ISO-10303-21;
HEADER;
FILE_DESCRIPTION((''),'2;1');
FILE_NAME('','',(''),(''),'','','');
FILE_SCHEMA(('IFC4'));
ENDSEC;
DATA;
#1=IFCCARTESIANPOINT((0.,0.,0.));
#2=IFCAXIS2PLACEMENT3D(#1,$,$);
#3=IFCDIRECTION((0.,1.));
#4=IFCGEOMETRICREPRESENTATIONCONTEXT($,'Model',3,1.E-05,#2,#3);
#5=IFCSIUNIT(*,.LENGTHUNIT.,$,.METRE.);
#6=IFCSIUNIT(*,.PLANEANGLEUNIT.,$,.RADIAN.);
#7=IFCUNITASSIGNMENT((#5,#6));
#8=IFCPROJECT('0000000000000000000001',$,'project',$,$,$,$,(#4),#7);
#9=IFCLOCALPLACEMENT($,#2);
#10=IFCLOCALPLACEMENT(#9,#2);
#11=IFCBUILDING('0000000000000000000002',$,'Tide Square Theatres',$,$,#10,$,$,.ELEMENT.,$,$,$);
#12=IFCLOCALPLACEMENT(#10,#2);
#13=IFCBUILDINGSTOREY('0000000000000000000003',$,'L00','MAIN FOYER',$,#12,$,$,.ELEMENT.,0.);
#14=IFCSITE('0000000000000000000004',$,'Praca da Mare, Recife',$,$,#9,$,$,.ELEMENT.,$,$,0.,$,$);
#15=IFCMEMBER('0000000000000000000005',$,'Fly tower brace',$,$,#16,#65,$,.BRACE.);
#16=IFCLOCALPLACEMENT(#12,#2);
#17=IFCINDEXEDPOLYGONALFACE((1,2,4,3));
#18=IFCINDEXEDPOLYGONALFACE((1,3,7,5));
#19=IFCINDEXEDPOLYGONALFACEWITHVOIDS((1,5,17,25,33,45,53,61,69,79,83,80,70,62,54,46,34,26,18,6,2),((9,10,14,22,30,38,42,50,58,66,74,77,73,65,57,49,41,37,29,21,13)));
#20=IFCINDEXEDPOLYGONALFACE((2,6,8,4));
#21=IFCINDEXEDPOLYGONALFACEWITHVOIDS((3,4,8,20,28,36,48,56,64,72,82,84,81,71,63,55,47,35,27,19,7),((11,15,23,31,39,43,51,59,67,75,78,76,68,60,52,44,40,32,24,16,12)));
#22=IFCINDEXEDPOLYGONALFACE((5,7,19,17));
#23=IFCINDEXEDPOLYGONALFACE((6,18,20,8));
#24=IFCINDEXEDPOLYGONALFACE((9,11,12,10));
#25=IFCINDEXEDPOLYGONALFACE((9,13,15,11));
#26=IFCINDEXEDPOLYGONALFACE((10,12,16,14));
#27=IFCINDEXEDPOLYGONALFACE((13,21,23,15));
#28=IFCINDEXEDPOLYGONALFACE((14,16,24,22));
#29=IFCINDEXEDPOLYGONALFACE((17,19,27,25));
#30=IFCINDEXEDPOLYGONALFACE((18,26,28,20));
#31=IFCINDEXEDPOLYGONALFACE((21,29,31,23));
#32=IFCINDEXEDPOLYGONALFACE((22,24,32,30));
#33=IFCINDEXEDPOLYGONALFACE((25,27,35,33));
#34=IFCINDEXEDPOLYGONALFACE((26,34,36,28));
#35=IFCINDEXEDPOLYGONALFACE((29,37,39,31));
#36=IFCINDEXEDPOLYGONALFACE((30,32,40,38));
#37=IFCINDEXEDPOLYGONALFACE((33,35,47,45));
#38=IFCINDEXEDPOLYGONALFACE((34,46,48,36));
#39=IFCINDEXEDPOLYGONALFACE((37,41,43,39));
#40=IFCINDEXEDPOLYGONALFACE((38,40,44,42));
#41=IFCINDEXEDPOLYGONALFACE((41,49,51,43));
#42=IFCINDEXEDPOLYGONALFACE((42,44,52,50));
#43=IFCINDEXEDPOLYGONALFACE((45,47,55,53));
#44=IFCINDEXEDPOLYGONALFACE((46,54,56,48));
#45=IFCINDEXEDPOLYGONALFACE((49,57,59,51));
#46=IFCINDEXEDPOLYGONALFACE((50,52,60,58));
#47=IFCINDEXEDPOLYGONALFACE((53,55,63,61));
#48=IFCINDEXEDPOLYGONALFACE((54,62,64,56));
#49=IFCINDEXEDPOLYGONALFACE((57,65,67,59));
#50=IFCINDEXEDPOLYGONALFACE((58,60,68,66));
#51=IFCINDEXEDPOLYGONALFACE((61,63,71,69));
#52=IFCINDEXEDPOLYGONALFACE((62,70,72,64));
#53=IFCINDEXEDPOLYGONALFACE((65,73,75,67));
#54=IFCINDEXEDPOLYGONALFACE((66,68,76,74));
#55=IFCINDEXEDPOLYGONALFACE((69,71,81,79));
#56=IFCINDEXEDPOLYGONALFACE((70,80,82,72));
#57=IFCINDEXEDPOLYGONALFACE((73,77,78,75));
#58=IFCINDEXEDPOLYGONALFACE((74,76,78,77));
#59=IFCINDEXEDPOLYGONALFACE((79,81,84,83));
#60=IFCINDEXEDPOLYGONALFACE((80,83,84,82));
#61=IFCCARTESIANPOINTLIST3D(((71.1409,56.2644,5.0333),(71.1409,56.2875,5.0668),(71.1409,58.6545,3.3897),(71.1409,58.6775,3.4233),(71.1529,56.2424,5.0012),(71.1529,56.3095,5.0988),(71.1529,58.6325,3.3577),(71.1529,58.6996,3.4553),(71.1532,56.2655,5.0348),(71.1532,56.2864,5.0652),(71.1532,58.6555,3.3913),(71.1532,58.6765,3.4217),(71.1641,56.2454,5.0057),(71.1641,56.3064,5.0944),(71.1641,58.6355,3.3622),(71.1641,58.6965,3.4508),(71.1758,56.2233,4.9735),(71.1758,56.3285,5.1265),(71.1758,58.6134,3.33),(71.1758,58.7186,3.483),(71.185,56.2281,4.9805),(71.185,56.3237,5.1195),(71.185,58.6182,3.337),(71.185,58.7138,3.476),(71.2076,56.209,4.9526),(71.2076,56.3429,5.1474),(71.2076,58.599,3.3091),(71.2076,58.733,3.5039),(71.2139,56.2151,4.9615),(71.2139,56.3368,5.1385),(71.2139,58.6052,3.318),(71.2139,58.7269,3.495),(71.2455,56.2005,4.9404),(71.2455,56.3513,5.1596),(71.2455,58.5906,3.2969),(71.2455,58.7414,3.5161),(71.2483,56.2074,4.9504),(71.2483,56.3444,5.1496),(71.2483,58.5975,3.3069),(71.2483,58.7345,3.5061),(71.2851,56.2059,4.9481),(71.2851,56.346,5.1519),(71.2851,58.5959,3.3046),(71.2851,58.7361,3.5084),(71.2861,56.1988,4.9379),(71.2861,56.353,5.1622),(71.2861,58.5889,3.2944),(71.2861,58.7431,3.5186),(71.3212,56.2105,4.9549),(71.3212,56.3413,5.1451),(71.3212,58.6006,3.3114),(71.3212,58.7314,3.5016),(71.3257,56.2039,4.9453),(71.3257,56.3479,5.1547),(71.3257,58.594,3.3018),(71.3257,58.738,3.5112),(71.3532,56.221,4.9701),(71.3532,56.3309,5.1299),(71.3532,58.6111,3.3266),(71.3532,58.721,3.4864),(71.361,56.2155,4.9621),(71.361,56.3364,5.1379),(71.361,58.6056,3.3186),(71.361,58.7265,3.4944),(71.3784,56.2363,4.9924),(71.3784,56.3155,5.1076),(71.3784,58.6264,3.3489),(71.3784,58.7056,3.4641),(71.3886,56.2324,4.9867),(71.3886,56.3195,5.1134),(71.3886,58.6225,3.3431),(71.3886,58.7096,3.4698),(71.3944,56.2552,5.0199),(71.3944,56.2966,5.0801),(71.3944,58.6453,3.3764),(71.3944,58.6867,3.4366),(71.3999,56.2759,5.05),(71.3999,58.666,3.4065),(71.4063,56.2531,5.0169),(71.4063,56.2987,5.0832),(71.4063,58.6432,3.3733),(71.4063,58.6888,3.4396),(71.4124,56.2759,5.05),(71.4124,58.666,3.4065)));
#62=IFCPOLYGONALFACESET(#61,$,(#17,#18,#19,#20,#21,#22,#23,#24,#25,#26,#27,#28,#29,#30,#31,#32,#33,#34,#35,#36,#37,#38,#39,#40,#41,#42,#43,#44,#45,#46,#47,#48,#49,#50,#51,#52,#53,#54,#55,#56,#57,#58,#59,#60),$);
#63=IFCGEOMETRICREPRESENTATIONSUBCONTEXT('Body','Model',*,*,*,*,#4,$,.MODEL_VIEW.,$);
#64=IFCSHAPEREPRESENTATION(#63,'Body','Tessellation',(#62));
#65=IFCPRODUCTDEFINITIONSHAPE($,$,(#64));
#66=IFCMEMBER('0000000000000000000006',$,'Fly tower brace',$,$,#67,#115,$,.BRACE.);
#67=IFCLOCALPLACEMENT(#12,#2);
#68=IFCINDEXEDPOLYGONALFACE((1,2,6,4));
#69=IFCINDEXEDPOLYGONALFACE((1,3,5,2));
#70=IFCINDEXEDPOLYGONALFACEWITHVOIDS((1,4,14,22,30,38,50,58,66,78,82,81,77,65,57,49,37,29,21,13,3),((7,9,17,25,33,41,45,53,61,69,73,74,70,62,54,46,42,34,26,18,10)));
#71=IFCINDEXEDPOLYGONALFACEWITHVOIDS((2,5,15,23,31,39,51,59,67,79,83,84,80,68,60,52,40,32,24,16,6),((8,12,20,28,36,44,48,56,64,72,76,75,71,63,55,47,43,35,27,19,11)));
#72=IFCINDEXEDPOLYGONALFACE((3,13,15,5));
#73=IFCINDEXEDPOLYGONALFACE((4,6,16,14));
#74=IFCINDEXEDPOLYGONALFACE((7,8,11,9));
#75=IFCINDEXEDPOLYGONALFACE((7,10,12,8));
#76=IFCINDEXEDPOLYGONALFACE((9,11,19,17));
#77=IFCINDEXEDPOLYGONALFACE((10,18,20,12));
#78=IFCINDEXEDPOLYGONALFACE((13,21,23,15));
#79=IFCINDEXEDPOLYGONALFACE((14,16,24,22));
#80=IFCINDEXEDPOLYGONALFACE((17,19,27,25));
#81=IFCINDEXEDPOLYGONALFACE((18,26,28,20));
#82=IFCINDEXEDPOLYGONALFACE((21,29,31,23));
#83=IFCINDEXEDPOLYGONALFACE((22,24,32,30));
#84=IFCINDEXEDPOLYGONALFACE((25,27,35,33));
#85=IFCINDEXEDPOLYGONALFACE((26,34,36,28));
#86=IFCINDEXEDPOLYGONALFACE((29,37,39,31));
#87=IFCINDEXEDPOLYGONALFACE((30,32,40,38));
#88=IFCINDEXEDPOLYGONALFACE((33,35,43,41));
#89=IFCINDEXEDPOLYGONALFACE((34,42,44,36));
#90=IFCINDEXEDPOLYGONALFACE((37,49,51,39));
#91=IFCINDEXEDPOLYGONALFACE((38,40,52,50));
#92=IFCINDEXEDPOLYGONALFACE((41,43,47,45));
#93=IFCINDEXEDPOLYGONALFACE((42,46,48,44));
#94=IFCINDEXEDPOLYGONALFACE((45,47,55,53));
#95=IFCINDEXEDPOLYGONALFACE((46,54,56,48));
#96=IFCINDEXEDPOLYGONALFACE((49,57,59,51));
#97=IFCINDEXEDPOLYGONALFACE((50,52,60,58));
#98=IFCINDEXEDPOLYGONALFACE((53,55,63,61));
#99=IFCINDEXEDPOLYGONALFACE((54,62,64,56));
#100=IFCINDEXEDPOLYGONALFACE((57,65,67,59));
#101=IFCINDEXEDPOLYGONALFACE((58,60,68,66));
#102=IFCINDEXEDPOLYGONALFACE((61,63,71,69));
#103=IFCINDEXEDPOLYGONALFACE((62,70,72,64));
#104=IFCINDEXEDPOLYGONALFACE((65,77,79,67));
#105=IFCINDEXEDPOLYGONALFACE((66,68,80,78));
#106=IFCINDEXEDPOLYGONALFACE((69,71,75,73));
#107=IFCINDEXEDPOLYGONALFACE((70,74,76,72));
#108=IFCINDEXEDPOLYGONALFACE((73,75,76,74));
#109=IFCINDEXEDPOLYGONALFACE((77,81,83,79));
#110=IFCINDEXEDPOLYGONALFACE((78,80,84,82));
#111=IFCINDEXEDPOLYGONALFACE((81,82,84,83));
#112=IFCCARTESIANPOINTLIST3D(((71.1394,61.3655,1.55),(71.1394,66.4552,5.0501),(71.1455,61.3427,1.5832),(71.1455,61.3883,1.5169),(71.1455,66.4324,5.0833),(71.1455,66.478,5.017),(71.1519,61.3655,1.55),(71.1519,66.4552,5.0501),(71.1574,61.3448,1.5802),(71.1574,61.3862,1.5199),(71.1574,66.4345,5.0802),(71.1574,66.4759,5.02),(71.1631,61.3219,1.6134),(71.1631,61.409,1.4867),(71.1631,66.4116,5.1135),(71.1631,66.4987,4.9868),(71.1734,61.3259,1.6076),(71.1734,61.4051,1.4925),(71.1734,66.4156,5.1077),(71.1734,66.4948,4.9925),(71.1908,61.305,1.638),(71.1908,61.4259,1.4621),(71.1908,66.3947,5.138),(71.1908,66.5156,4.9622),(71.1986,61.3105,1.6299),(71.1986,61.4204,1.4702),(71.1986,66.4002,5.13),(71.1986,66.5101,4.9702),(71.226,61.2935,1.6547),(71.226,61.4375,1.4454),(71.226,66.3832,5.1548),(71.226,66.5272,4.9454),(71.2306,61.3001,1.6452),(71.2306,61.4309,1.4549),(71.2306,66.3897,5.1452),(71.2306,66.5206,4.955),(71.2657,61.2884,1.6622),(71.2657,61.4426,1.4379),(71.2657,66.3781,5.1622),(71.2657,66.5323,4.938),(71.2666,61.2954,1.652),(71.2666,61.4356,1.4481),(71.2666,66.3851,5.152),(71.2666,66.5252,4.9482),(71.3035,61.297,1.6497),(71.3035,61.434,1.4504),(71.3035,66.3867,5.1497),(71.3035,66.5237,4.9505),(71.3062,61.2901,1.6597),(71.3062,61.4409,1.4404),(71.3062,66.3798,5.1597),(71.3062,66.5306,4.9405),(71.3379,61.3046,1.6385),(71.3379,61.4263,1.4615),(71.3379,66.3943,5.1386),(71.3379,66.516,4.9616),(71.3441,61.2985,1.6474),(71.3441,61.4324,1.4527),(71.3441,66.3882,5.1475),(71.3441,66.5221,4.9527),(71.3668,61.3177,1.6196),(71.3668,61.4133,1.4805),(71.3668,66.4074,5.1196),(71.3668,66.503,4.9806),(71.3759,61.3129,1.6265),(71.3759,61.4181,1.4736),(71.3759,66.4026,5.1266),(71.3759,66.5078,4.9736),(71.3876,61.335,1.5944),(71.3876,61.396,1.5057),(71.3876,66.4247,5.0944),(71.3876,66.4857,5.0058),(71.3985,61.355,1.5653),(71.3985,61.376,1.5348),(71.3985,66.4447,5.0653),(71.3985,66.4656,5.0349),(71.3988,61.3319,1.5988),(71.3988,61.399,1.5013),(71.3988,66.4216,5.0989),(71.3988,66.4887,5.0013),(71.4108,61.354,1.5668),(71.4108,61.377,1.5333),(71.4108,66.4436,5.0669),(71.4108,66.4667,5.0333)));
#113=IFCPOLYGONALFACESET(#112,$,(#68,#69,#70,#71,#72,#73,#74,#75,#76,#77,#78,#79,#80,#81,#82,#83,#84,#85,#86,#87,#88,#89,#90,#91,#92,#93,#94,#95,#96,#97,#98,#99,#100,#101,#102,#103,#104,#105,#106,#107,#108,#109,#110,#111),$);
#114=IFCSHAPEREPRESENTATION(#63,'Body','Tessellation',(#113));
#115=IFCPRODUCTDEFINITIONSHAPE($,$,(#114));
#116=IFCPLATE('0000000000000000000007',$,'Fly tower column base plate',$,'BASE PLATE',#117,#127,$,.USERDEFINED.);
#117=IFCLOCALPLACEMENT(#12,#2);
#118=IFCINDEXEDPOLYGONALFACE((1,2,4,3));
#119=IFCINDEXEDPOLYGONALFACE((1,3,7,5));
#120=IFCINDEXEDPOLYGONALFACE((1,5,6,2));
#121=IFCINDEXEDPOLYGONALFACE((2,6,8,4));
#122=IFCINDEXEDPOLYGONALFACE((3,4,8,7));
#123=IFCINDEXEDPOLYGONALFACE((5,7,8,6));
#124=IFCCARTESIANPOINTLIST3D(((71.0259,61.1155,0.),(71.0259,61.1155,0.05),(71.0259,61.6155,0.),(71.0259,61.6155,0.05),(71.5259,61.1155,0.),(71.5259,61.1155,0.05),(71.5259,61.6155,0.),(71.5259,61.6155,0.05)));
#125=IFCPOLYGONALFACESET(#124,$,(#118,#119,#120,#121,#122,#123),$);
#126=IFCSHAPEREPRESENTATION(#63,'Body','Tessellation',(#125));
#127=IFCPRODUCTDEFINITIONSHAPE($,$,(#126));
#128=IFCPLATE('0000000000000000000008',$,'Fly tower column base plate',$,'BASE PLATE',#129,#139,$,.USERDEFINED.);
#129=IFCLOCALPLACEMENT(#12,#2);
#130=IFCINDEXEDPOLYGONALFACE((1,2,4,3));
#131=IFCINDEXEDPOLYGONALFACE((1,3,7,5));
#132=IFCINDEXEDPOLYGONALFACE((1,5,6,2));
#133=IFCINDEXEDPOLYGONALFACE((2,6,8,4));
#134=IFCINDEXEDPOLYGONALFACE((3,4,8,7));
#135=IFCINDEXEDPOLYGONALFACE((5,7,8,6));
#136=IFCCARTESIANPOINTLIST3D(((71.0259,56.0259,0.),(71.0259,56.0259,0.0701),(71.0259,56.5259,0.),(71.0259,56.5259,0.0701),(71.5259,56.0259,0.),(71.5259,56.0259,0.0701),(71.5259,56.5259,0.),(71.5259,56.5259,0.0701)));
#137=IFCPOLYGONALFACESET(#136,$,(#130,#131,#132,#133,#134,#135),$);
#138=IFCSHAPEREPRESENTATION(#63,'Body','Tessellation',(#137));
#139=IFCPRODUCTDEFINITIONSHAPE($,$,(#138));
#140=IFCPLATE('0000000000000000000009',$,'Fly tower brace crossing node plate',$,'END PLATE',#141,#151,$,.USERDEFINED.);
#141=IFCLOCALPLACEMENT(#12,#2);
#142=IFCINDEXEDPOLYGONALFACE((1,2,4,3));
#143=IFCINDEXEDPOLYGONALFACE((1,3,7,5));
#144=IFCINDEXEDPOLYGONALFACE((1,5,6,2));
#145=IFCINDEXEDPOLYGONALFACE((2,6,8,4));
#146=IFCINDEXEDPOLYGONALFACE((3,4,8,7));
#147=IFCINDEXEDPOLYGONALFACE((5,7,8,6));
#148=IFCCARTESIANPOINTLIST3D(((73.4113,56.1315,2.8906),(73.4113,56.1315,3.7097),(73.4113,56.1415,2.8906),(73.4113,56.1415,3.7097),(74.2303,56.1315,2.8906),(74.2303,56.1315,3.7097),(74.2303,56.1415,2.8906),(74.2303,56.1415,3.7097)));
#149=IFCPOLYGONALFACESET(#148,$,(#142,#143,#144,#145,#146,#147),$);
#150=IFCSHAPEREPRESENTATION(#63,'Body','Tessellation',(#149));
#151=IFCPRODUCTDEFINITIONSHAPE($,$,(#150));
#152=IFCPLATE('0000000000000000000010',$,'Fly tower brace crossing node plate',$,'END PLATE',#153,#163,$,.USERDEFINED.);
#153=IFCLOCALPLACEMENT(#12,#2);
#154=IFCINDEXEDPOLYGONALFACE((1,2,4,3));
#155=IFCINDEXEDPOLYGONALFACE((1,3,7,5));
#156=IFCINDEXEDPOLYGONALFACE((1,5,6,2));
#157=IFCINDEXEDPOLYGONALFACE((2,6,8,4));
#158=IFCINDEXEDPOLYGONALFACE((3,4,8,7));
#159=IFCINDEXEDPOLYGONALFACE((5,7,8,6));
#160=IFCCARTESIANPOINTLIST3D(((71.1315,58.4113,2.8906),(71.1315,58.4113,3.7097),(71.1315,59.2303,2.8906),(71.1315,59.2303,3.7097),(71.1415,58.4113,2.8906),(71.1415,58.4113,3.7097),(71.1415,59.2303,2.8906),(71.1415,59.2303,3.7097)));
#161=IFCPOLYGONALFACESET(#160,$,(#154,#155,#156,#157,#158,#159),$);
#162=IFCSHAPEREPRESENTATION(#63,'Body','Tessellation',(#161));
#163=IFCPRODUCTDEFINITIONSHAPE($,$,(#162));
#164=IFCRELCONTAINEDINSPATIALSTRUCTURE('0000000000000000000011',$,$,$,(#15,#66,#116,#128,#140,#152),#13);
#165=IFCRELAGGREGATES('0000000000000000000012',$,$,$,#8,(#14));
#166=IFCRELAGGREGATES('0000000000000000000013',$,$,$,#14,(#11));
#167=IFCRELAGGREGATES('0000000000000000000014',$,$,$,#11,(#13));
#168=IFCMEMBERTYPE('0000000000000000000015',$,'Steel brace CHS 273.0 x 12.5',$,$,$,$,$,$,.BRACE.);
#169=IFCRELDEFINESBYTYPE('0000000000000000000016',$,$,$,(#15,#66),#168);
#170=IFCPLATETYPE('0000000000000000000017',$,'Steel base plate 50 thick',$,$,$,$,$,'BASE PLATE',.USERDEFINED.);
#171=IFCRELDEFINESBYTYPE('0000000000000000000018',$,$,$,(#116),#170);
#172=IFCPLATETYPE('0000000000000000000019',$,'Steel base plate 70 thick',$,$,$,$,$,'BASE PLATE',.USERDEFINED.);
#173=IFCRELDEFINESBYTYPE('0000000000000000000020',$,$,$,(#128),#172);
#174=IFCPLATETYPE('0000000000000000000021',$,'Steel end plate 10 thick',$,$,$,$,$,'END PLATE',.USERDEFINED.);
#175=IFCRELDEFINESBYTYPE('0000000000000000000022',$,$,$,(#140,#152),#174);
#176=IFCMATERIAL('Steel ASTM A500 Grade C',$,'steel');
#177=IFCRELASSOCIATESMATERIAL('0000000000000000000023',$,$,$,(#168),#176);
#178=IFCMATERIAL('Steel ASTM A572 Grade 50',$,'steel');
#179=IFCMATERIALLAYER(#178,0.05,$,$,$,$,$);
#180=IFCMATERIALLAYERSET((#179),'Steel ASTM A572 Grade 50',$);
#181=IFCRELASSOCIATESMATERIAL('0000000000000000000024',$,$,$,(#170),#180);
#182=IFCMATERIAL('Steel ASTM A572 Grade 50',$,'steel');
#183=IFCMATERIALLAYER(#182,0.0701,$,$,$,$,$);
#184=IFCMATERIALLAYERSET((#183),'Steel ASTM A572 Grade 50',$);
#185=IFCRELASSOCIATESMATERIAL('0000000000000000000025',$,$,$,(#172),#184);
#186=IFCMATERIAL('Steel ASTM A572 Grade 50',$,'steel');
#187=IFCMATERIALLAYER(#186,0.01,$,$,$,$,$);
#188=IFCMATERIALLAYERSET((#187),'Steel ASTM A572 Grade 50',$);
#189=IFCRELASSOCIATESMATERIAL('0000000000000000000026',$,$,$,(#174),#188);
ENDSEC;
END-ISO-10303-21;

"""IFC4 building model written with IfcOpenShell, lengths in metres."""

from ifc_helpers import new_model, si_unit, direction, frame, origin, origin_2d, place, context, subcontext, project, spatial, rectangle, hollow_circle, extrude, material, layer, layer_set, material_profile, profile_set, type_object, element, save


model = new_model("IFC4")

# Units and contexts
model_context = context("Model", 3, precision=1e-05, world=origin(), true_north=direction((0.0, 1.0)))
body_context = subcontext(model_context, "Body", "Model", "MODEL_VIEW")
ifc_project = project(units=[si_unit("LENGTHUNIT", "METRE"), si_unit("PLANEANGLEUNIT", "RADIAN")], contexts=[model_context])

# Site, building, storey
site_placement = place(None, origin())
site = spatial("IfcSite", under=ifc_project, at=site_placement, Name="Praca da Mare, Recife", CompositionType="ELEMENT", RefElevation=0.0)
building_placement = place(site_placement, origin())
building = spatial("IfcBuilding", under=site, at=building_placement, Name="Tide Square Theatres", CompositionType="ELEMENT")
storey_placement = place(building_placement, origin())
storey = spatial("IfcBuildingStorey", under=building, at=storey_placement, Name="L00", Description="MAIN FOYER", CompositionType="ELEMENT", Elevation=0.0)

# Members
ifc_material_1 = material(Name="Steel ASTM A500 Grade C", Category="steel")
ifc_material_profile_1 = material_profile(ifc_material_1, hollow_circle(Radius=0.1365, WallThickness=0.0125, at=origin_2d()))
ifc_profile_set_1 = profile_set([ifc_material_profile_1], Name="Steel ASTM A500 Grade C")
member_type = type_object("IfcMemberType", Name="Steel brace CHS 273.0 x 12.5", PredefinedType="BRACE", material=ifc_profile_set_1)
member_1_placement = place(storey_placement, frame((71.2759, 58.666, 3.4065), z_axis=(0.0, -0.823988, 0.566607), x_axis=(1.0, 0.0, 0.0)))
element("IfcMember", 1, at=member_1_placement, inside=storey, type_object=member_type, Name="Fly tower brace", PredefinedType="BRACE", context=body_context, shape_type="SweptSolid", body=[
    extrude(hollow_circle(Radius=0.1365, WallThickness=0.0125, at=origin_2d()), origin(), (0.0, 0.0, 1.0), 2.9006),
])
member_2_placement = place(storey_placement, frame((71.2759, 61.3655, 1.55), z_axis=(0.0, 0.823974, 0.566628), x_axis=(-1.0, 0.0, 0.0)))
element("IfcMember", 2, at=member_2_placement, inside=storey, type_object=member_type, Name="Fly tower brace", PredefinedType="BRACE", context=body_context, shape_type="SweptSolid", body=[
    extrude(hollow_circle(Radius=0.1365, WallThickness=0.0125, at=origin_2d()), origin(), (0.0, 0.0, 1.0), 6.177),
])

# Plates
ifc_material_2 = material(Name="Steel ASTM A572 Grade 50", Category="steel")
ifc_layer_1 = layer(ifc_material_2, 0.05)
ifc_layer_set_1 = layer_set([ifc_layer_1], Name="Steel ASTM A572 Grade 50")
plate_type_1 = type_object("IfcPlateType", Name="Steel base plate 50 thick", ElementType="BASE PLATE", PredefinedType="USERDEFINED", material=ifc_layer_set_1)
plate_1_placement = place(storey_placement, frame((71.2759, 61.3655, 0.0), z_axis=(0.0, 0.0, 1.0), x_axis=(1.0, 0.0, 0.0)))
element("IfcPlate", 3, at=plate_1_placement, inside=storey, type_object=plate_type_1, Name="Fly tower column base plate", ObjectType="BASE PLATE", PredefinedType="USERDEFINED", context=body_context, shape_type="SweptSolid", body=[
    extrude(rectangle(XDim=0.5, YDim=0.5, at=origin_2d()), origin(), (0.0, 0.0, 1.0), 0.05),
])
ifc_material_3 = material(Name="Steel ASTM A572 Grade 50", Category="steel")
ifc_layer_2 = layer(ifc_material_3, 0.0701)
ifc_layer_set_2 = layer_set([ifc_layer_2], Name="Steel ASTM A572 Grade 50")
plate_type_2 = type_object("IfcPlateType", Name="Steel base plate 70 thick", ElementType="BASE PLATE", PredefinedType="USERDEFINED", material=ifc_layer_set_2)
plate_2_placement = place(storey_placement, frame((71.2759, 56.2759, 0.0), z_axis=(0.0, 0.0, 1.0), x_axis=(1.0, 0.0, 0.0)))
element("IfcPlate", 4, at=plate_2_placement, inside=storey, type_object=plate_type_2, Name="Fly tower column base plate", ObjectType="BASE PLATE", PredefinedType="USERDEFINED", context=body_context, shape_type="SweptSolid", body=[
    extrude(rectangle(XDim=0.5, YDim=0.5, at=origin_2d()), origin(), (0.0, 0.0, 1.0), 0.0701),
])
ifc_material_4 = material(Name="Steel ASTM A572 Grade 50", Category="steel")
ifc_layer_3 = layer(ifc_material_4, 0.01)
ifc_layer_set_3 = layer_set([ifc_layer_3], Name="Steel ASTM A572 Grade 50")
plate_type_3 = type_object("IfcPlateType", Name="Steel end plate 10 thick", ElementType="END PLATE", PredefinedType="USERDEFINED", material=ifc_layer_set_3)
for number, where, z_axis, x_axis, name in (
    (5, (73.8208, 56.1365, 2.8906), (0.0, 0.0, 1.0), (0.0, -1.0, 0.0), "Fly tower brace crossing node plate"),
    (6, (71.1365, 58.8208, 2.8906), (0.0, 0.0, 1.0), (-1.0, 0.0, 0.0), "Fly tower brace crossing node plate"),
):
    element("IfcPlate", number, at=place(storey_placement, frame(where, z_axis=z_axis, x_axis=x_axis)), inside=storey, type_object=plate_type_3, Name=name, ObjectType="END PLATE", PredefinedType="USERDEFINED", context=body_context, shape_type="SweptSolid", body=[
        extrude(rectangle(XDim=0.01, YDim=0.8191, at=origin_2d()), origin(), (0.0, 0.0, 1.0), 0.8191),
    ])

save(model, "model.ifc")
